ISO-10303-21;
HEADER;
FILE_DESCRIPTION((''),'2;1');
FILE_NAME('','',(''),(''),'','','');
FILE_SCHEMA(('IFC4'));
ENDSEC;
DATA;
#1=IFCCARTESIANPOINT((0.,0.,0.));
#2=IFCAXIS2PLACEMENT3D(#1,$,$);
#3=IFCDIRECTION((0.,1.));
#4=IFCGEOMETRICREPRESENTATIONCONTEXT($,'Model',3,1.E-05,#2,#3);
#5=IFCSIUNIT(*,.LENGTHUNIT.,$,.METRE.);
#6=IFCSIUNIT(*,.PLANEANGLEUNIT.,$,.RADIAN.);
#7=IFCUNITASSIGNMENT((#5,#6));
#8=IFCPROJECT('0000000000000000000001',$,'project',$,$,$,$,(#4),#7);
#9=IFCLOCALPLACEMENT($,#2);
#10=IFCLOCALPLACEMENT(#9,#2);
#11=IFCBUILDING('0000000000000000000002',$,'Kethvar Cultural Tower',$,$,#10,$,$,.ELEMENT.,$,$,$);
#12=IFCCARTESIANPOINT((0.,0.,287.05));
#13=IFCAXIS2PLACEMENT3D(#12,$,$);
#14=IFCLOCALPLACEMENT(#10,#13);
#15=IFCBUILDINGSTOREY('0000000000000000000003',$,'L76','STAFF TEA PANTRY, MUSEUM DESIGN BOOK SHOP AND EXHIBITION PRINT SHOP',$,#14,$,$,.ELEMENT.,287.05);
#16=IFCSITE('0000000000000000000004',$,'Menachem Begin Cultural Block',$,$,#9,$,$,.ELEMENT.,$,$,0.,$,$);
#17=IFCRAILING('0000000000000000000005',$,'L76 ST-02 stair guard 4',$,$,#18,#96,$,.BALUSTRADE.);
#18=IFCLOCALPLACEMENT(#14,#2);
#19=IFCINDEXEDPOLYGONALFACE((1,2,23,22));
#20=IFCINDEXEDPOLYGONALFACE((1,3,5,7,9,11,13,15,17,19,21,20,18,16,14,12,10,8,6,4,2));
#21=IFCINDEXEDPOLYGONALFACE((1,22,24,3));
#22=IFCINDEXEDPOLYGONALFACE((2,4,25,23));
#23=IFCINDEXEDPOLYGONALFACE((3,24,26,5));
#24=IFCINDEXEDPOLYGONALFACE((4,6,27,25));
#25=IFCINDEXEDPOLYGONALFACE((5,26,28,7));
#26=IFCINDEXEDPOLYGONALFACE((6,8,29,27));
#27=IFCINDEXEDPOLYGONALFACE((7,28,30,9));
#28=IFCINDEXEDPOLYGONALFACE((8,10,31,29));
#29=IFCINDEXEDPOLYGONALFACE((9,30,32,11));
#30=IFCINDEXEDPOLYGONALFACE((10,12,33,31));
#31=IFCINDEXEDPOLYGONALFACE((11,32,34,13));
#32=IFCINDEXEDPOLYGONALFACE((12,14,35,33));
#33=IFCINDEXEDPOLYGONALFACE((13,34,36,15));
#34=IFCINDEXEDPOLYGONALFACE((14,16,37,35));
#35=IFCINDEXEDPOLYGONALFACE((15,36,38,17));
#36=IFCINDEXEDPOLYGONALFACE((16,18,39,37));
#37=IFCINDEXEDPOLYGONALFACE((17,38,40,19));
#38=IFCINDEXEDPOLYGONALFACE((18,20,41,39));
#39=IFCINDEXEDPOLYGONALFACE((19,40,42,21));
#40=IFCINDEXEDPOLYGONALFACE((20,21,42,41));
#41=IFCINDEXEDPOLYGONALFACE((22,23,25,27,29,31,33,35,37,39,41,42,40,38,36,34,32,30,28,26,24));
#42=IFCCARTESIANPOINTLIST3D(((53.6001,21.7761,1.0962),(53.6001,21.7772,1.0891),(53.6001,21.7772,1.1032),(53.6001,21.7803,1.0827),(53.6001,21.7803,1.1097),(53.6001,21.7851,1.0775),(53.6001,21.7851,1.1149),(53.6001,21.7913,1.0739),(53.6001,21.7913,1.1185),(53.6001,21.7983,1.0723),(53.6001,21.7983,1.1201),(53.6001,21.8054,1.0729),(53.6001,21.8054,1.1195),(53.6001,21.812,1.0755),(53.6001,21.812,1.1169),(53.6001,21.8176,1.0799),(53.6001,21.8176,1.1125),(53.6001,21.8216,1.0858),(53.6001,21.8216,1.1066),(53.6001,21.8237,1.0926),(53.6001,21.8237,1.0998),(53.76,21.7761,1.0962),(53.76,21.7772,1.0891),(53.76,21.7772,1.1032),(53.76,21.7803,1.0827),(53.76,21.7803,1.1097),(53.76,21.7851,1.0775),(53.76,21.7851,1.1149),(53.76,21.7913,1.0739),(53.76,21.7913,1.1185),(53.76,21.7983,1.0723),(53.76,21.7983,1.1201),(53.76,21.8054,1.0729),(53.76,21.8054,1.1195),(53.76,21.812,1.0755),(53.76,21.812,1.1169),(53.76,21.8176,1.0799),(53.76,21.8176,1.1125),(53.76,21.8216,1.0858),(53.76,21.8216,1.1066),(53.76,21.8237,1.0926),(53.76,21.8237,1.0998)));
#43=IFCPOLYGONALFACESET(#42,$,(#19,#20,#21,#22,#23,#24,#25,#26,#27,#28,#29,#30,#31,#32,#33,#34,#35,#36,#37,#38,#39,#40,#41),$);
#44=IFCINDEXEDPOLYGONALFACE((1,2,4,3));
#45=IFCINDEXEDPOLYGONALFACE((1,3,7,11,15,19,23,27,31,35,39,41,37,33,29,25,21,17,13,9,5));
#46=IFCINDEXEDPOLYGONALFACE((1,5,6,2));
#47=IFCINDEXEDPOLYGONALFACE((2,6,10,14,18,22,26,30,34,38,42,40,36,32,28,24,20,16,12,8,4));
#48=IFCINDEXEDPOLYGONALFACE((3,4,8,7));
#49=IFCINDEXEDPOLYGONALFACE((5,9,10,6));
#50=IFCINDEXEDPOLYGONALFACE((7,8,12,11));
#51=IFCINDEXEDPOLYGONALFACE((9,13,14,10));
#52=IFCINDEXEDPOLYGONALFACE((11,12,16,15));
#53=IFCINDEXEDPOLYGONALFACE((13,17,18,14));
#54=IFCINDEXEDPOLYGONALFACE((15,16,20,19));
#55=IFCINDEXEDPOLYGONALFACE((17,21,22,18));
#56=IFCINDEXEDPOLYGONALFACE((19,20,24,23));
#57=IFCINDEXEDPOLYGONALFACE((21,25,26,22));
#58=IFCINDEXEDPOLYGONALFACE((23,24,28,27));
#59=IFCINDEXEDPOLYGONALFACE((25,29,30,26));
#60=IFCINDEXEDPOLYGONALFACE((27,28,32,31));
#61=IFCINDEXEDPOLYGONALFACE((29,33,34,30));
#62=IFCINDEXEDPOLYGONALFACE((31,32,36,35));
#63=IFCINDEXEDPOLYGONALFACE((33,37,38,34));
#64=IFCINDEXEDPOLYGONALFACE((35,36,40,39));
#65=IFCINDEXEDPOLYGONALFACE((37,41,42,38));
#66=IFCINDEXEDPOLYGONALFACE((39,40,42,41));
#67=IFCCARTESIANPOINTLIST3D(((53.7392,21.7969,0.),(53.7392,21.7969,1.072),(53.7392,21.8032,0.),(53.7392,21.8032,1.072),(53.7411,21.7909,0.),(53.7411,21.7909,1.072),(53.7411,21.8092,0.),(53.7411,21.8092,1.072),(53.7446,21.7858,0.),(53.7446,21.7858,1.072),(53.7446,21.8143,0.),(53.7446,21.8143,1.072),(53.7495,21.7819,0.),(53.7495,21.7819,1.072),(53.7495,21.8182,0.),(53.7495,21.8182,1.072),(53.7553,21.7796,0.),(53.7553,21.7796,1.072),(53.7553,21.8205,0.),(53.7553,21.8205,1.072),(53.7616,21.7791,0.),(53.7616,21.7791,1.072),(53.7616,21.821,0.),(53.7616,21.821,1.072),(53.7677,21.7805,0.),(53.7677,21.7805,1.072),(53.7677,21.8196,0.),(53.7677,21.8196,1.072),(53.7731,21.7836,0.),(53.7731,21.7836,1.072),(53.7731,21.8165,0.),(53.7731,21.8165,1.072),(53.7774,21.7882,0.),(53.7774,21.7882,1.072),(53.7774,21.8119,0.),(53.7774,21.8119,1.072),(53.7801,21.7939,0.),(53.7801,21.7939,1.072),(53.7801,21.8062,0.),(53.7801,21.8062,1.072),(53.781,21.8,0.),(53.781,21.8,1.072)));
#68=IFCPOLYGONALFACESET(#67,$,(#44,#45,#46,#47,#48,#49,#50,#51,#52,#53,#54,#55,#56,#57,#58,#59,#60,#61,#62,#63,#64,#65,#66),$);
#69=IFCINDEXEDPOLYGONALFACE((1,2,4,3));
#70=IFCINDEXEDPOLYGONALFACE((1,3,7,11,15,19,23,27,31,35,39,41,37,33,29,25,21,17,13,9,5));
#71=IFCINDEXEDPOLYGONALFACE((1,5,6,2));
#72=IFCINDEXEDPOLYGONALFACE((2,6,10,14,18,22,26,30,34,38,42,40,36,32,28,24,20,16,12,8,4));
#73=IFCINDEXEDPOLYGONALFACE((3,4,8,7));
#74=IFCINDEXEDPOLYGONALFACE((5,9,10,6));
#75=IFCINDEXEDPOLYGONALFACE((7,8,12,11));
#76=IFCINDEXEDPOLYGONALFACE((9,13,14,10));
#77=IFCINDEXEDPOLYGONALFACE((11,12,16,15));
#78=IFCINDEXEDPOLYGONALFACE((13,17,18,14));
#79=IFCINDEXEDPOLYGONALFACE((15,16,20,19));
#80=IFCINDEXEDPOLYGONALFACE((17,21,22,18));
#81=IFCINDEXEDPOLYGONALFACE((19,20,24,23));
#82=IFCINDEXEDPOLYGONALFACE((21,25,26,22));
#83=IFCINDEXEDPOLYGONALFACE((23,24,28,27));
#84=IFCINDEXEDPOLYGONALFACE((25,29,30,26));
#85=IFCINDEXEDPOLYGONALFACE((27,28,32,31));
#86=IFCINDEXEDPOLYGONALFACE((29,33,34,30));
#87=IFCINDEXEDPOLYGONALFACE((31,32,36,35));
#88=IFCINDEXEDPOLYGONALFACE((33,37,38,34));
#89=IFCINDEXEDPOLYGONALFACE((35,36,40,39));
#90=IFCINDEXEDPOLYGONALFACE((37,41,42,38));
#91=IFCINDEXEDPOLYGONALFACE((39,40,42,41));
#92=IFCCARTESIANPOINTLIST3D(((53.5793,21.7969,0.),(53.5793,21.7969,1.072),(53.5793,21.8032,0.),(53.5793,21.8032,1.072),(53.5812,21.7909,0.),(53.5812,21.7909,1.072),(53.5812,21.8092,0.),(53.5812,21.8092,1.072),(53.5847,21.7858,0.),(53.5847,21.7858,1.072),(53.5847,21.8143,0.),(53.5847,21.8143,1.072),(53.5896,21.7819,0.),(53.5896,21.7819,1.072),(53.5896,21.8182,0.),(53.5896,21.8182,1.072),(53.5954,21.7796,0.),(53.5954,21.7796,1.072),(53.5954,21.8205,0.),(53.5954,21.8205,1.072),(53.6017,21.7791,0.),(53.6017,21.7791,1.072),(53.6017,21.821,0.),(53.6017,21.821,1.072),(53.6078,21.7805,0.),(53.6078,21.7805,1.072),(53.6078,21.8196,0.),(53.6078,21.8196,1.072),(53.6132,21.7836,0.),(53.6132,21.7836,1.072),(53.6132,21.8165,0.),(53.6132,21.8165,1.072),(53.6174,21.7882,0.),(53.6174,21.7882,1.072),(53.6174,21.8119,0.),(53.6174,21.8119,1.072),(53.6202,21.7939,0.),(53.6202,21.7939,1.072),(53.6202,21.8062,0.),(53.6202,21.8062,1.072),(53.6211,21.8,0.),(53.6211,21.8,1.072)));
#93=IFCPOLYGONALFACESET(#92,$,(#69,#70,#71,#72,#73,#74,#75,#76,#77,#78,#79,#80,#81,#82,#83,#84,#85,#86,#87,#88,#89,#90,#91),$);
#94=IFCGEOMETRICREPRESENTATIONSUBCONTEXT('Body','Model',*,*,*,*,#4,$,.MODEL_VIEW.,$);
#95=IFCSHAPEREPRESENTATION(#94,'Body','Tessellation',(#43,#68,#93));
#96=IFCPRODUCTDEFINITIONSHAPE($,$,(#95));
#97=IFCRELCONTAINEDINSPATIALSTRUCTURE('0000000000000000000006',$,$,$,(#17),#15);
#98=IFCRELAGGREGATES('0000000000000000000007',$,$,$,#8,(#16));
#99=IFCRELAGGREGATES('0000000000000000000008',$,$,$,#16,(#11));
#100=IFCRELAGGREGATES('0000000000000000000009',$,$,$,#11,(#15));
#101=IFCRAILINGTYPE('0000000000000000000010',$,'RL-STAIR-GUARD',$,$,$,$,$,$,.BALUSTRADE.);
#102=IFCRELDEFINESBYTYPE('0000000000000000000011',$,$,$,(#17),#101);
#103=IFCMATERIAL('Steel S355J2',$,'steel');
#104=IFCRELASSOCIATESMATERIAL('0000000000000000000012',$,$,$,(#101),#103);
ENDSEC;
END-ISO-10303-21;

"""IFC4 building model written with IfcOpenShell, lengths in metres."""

from ifc_helpers import new_model, si_unit, direction, frame, origin, origin_2d, place, context, subcontext, project, spatial, circle, extrude, material, type_object, element, save


model = new_model("IFC4")

# Units and contexts
model_context = context("Model", 3, precision=1e-05, world=origin(), true_north=direction((0.0, 1.0)))
body_context = subcontext(model_context, "Body", "Model", "MODEL_VIEW")
ifc_project = project(units=[si_unit("LENGTHUNIT", "METRE"), si_unit("PLANEANGLEUNIT", "RADIAN")], contexts=[model_context])

# Site, building, storey
site_placement = place(None, origin())
site = spatial("IfcSite", under=ifc_project, at=site_placement, Name="Menachem Begin Cultural Block", CompositionType="ELEMENT", RefElevation=0.0)
building_placement = place(site_placement, origin())
building = spatial("IfcBuilding", under=site, at=building_placement, Name="Kethvar Cultural Tower", CompositionType="ELEMENT")
storey_placement = place(building_placement, frame((0.0, 0.0, 287.05)))
storey = spatial("IfcBuildingStorey", under=building, at=storey_placement, Name="L76", Description="STAFF TEA PANTRY, MUSEUM DESIGN BOOK SHOP AND EXHIBITION PRINT SHOP", CompositionType="ELEMENT", Elevation=287.05)

# Shared definitions
ifc_material_1 = material(Name="Steel S355J2", Category="steel")

# Railing
railing_type_1 = type_object("IfcRailingType", Name="RL-STAIR-GUARD", PredefinedType="BALUSTRADE", material=ifc_material_1)
railing_1_placement = place(storey_placement, frame((53.76, 21.8, 0.0)))
element("IfcRailing", 1, at=railing_1_placement, inside=storey, type_object=railing_type_1, Name="L76 ST-02 stair guard 4", PredefinedType="BALUSTRADE", context=body_context, shape_type="SweptSolid", body=[
    extrude(circle(Radius=0.0239, at=origin_2d()), frame((0.0, 0.0, 1.0962), z_axis=(-1.0, 0.0, 0.0), x_axis=(0.0, -1.0, 0.0)), (0.0, 0.0, 1.0), 0.1599),
    extrude(circle(Radius=0.021, at=origin_2d()), origin(), (0.0, 0.0, 1.0), 1.072),
    extrude(circle(Radius=0.021, at=origin_2d()), frame((-0.1599, 0.0, 0.0)), (0.0, 0.0, 1.0), 1.072),
])

save(model, "model.ifc")
